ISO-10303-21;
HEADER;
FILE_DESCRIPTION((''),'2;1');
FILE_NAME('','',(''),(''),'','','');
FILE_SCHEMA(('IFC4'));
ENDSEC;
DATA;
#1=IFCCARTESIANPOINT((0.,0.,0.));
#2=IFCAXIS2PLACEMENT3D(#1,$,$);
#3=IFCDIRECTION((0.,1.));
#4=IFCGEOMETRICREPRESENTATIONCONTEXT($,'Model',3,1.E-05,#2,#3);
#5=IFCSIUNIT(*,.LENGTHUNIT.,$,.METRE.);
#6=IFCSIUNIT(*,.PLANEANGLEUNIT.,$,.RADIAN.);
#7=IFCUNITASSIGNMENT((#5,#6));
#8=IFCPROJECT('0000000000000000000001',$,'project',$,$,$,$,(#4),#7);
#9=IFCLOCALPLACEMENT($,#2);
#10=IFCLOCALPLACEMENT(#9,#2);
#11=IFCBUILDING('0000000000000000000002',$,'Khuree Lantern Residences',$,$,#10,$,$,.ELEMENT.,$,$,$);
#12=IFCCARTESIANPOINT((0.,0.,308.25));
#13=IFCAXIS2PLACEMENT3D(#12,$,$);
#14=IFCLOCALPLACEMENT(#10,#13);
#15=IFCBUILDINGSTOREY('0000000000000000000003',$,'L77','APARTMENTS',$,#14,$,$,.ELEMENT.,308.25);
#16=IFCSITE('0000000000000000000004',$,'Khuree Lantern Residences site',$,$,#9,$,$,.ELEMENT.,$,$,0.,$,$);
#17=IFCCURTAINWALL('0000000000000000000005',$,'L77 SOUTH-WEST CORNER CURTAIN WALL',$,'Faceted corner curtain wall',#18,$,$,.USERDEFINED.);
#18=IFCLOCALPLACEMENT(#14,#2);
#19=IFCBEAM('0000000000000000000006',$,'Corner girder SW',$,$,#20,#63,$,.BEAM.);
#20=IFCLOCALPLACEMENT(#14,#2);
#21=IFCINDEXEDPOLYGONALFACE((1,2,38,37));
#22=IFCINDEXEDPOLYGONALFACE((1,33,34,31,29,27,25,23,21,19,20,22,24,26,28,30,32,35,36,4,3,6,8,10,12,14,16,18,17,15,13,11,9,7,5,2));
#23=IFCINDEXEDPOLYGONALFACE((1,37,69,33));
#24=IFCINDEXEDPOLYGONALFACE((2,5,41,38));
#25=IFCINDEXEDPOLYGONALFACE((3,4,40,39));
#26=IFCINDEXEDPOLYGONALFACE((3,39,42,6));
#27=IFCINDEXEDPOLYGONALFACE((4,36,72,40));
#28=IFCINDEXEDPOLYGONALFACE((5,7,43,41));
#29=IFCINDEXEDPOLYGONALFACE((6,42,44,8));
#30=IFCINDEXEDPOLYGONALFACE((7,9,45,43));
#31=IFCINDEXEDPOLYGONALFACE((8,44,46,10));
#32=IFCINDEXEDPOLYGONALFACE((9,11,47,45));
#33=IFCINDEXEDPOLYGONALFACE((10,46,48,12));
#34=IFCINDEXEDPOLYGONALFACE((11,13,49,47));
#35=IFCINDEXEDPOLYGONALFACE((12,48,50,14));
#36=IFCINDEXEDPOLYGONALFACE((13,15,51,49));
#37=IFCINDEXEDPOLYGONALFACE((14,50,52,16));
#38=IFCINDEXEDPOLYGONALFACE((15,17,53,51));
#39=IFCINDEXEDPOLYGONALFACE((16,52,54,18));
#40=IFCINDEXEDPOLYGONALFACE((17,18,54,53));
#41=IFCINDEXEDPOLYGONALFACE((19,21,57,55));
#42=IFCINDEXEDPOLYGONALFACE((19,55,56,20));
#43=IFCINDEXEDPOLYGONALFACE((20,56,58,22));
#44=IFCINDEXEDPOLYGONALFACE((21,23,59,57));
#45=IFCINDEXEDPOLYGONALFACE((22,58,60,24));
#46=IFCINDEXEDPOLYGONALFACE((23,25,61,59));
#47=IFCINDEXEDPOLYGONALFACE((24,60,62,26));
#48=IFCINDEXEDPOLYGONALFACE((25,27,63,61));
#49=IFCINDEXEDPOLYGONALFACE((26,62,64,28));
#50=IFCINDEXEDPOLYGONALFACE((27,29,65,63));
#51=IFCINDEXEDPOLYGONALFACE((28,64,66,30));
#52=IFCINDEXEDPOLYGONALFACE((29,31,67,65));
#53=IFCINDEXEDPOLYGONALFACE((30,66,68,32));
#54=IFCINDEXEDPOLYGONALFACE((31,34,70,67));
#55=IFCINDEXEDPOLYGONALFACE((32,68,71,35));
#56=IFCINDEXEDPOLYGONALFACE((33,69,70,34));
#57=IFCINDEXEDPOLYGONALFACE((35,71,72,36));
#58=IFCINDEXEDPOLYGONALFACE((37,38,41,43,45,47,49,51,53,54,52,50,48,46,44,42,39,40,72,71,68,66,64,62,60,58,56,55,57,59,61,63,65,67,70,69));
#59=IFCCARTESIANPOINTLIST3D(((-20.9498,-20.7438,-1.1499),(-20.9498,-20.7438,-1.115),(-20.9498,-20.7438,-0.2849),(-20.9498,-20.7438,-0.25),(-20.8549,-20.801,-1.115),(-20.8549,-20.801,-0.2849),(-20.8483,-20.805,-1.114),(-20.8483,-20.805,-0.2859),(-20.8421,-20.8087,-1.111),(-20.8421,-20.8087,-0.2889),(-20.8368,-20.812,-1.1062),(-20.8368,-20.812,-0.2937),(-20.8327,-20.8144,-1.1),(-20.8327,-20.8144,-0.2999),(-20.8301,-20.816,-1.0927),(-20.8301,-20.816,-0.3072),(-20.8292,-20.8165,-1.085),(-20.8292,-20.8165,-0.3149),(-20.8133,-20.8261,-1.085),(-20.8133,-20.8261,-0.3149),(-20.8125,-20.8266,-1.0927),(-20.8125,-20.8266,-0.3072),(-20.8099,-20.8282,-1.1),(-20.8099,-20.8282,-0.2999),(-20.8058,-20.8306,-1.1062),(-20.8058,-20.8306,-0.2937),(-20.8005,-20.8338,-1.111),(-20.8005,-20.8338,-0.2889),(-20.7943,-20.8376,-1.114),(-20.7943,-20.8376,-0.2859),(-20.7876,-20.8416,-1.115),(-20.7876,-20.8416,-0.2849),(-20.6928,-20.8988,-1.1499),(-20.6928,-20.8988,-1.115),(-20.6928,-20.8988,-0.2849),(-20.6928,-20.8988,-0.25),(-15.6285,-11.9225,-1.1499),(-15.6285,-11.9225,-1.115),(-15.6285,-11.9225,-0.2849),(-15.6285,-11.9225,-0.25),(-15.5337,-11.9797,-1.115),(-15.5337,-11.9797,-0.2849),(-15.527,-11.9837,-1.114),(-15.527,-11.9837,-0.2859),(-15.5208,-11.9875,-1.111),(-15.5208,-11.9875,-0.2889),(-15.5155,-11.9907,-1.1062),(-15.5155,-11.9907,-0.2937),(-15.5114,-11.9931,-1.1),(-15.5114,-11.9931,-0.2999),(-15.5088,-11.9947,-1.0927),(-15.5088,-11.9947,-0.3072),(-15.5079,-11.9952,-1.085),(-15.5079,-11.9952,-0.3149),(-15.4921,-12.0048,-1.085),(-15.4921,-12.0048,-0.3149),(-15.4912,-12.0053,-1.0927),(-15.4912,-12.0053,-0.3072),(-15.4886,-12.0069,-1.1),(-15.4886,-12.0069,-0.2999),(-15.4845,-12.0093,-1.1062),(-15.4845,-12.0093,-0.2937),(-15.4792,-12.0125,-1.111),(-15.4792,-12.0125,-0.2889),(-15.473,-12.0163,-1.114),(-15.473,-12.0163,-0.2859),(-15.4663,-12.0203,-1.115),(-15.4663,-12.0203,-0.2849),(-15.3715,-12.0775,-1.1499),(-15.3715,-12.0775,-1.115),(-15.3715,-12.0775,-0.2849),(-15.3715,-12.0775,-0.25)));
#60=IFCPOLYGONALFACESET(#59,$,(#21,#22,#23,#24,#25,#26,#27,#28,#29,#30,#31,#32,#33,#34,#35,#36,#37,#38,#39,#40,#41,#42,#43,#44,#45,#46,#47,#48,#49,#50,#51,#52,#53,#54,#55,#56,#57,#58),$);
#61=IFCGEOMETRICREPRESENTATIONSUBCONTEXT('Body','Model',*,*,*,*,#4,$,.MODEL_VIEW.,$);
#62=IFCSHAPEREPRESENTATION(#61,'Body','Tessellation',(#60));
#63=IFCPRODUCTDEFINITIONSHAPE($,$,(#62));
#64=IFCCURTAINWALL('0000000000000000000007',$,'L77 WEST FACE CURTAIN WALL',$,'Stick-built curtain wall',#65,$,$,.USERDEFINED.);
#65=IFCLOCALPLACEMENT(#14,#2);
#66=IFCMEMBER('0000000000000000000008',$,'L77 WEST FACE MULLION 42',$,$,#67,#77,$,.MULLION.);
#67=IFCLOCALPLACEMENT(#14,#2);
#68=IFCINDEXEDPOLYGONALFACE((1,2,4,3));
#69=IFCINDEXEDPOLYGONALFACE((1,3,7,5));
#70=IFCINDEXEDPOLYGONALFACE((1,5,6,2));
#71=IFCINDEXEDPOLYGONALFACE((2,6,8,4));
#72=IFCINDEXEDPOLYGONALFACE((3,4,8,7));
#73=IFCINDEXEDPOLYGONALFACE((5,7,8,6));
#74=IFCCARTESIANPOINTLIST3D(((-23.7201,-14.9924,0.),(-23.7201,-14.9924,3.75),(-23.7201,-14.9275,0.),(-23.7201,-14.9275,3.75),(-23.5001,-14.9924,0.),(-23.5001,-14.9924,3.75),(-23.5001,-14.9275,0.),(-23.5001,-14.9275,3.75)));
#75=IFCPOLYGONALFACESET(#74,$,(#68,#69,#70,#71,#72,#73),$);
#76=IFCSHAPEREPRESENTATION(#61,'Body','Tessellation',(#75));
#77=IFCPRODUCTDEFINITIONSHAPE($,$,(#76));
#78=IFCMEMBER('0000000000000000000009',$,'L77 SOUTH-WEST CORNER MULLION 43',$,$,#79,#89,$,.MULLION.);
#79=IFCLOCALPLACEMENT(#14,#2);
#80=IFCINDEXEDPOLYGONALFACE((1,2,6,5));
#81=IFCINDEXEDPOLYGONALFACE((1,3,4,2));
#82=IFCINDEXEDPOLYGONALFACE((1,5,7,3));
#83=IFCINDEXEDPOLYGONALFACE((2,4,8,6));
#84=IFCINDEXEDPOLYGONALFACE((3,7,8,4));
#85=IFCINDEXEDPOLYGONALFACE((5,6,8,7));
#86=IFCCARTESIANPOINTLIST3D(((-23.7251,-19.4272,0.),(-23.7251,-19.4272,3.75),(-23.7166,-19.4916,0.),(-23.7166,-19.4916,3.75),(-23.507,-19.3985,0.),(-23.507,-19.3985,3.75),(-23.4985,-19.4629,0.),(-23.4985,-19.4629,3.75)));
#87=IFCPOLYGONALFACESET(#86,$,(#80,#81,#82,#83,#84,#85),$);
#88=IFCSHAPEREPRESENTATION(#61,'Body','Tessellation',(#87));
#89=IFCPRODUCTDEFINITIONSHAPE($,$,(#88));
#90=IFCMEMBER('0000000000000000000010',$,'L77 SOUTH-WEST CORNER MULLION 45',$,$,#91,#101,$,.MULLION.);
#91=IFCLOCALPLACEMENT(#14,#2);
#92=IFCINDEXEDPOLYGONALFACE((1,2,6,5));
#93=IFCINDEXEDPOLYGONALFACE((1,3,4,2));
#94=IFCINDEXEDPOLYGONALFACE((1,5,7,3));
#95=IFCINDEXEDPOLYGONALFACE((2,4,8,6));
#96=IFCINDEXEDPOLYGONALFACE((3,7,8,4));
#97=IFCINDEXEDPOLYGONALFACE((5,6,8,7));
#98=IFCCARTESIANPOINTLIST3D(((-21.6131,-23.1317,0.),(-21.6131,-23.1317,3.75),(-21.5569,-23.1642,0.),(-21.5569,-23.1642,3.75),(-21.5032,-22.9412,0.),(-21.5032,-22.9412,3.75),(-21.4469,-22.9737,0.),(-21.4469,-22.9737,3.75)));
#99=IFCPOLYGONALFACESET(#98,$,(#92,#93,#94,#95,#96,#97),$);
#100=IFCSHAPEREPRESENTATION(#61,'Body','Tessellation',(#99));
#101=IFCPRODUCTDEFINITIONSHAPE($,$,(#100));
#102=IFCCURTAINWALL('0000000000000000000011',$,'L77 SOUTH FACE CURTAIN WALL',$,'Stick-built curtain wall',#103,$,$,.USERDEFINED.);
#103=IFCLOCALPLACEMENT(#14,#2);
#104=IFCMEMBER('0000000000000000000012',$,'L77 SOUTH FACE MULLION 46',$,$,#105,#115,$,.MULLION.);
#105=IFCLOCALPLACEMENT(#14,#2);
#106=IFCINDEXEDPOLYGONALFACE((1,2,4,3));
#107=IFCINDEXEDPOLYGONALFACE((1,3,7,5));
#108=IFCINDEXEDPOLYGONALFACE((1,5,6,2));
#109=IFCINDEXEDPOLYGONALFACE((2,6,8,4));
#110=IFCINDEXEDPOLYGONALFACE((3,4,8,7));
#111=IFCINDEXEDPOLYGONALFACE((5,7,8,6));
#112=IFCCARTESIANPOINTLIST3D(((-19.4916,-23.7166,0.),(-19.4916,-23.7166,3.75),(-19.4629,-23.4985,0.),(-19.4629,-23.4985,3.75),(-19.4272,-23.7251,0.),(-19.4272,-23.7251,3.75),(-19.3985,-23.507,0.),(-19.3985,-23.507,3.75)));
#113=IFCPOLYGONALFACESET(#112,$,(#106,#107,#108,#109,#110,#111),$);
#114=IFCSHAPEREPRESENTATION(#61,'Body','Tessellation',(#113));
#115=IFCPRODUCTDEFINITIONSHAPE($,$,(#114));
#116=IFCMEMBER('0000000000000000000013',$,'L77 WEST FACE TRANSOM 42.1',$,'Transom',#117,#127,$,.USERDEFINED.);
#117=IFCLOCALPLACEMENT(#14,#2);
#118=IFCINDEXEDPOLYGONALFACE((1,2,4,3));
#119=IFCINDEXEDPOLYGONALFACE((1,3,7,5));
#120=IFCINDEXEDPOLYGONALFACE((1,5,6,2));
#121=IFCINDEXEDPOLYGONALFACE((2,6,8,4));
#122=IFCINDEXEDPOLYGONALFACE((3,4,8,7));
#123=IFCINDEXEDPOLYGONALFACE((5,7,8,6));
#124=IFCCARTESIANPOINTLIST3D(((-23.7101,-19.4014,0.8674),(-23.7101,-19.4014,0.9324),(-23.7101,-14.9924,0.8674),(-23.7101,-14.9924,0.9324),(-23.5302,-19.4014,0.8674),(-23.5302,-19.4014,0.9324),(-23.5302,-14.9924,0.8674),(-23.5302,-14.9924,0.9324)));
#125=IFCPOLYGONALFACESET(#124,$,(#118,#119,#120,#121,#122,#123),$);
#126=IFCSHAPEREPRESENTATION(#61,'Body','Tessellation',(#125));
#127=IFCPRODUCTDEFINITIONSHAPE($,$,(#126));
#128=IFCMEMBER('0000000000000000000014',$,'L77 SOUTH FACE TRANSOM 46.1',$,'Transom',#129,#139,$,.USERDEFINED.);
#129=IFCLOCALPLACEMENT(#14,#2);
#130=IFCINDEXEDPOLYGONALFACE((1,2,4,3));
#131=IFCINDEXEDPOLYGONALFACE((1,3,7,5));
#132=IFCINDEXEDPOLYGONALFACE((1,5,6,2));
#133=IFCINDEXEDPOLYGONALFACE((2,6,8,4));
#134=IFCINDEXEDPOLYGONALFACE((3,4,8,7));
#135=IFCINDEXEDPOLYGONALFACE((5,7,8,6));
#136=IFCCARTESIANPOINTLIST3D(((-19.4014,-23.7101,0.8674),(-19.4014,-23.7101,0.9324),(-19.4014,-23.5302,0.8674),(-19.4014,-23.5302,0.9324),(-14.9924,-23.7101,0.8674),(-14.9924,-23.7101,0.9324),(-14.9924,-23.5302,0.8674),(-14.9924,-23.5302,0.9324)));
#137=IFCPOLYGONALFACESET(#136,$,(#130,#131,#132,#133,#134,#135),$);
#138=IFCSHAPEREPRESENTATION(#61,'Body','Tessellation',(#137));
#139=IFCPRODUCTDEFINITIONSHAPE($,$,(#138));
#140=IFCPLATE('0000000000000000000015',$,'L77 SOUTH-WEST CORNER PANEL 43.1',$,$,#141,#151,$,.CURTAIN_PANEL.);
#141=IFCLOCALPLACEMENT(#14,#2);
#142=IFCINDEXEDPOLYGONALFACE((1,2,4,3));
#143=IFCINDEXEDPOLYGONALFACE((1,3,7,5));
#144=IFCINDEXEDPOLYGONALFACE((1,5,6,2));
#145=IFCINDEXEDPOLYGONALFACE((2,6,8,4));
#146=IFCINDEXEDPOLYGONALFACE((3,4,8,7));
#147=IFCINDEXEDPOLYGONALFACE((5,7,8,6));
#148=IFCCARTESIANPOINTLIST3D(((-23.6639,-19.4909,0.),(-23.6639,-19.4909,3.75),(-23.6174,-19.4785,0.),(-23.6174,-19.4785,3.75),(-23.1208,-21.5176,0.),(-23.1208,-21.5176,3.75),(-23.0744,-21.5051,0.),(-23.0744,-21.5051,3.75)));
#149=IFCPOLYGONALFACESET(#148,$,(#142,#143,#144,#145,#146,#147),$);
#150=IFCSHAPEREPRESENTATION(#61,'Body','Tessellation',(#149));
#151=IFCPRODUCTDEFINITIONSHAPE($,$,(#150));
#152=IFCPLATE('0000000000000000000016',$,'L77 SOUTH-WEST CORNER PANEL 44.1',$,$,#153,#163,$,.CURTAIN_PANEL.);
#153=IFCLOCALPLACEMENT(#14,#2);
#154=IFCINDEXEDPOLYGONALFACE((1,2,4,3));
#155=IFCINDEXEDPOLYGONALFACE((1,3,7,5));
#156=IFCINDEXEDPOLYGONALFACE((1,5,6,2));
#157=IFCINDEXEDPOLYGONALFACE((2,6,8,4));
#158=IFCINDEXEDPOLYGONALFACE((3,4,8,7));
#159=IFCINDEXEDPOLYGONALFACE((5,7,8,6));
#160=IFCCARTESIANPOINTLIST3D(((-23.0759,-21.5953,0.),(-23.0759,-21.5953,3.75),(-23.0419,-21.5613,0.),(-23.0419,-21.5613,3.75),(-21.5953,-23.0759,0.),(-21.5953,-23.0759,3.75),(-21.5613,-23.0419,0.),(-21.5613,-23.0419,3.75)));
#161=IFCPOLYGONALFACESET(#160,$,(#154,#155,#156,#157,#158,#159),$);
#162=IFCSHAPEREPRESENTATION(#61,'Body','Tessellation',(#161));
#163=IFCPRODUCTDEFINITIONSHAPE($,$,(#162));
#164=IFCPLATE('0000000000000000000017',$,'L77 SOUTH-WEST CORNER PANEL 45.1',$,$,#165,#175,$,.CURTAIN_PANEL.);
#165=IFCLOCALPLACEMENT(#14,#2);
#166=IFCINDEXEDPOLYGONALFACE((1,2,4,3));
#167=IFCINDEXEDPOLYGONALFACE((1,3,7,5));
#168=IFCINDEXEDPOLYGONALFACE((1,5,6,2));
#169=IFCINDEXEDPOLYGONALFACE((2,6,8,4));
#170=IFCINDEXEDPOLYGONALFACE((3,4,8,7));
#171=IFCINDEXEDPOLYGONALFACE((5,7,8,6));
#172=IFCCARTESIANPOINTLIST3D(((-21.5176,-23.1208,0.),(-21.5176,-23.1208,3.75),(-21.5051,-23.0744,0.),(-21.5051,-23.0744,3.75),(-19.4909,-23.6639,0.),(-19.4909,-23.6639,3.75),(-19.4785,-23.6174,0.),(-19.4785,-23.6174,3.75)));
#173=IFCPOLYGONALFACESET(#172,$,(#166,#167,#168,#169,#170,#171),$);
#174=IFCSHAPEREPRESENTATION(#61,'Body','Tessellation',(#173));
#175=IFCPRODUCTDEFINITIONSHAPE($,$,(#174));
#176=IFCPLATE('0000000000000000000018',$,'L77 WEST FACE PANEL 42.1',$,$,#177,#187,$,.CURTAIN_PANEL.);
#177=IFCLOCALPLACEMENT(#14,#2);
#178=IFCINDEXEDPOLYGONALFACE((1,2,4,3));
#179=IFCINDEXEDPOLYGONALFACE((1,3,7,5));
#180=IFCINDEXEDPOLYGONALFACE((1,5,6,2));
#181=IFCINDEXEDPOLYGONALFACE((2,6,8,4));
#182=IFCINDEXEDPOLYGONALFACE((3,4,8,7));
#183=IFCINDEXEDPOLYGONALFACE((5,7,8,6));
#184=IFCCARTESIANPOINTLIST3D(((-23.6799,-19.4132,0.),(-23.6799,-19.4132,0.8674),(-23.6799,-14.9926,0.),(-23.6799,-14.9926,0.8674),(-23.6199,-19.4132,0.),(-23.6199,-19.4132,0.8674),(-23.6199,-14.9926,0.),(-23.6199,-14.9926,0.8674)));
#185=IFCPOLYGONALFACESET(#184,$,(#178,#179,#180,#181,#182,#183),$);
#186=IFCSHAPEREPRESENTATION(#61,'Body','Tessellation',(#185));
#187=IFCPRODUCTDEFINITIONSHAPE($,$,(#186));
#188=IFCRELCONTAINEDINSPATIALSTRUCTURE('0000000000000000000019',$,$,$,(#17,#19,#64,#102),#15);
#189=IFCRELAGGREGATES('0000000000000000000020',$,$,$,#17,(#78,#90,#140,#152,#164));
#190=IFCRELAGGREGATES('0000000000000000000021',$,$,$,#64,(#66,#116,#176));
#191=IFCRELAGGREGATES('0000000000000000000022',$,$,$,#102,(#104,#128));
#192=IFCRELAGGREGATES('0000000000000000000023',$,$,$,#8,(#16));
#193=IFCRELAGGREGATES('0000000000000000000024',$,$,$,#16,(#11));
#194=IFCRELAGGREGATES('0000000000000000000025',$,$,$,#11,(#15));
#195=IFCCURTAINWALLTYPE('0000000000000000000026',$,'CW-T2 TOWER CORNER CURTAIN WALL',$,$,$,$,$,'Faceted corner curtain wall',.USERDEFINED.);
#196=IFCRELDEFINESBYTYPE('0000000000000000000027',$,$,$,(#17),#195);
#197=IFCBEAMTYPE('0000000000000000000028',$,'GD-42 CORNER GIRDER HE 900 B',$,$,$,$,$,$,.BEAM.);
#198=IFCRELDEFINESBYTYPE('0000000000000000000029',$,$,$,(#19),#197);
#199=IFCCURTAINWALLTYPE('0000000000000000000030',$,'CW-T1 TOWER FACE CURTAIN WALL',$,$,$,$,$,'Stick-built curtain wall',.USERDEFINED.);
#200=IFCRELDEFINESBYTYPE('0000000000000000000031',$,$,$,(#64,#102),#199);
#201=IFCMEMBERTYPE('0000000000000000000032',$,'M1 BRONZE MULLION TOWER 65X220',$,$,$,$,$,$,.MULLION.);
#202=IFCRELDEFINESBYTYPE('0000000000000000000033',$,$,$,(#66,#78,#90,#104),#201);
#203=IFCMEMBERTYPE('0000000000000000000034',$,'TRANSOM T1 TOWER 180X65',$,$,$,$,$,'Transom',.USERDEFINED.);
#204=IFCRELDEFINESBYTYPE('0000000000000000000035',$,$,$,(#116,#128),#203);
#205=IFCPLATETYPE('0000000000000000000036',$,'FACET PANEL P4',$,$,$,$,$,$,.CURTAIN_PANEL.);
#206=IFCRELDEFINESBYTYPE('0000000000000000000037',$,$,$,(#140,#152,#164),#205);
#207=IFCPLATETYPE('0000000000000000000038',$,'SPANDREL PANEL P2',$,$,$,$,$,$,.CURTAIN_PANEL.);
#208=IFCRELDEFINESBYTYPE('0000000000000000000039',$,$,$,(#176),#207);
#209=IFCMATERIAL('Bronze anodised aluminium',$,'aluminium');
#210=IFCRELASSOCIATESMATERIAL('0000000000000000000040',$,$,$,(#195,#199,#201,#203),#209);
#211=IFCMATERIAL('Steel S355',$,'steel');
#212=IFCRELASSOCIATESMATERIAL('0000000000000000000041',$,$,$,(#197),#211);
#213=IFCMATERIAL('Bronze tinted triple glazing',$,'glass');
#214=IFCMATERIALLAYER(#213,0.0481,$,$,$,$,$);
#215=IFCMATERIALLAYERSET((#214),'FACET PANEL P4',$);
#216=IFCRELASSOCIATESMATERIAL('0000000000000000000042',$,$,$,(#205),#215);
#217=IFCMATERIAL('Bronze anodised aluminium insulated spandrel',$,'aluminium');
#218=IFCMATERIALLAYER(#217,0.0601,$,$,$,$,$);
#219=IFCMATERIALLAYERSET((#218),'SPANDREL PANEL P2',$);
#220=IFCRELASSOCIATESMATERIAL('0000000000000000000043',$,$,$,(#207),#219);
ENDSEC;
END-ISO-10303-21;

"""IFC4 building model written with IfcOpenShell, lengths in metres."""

from ifc_helpers import new_model, si_unit, direction, frame, origin, origin_2d, place, context, subcontext, project, spatial, rectangle, i_section, extrude, material, layer, layer_set, material_profile, profile_set, type_object, element, aggregate, save


model = new_model("IFC4")

# Units and contexts
model_context = context("Model", 3, precision=1e-05, world=origin(), true_north=direction((0.0, 1.0)))
body_context = subcontext(model_context, "Body", "Model", "MODEL_VIEW")
ifc_project = project(units=[si_unit("LENGTHUNIT", "METRE"), si_unit("PLANEANGLEUNIT", "RADIAN")], contexts=[model_context])

# Site, building, storey
site_placement = place(None, origin())
site = spatial("IfcSite", under=ifc_project, at=site_placement, Name="Khuree Lantern Residences site", CompositionType="ELEMENT", RefElevation=0.0)
building_placement = place(site_placement, origin())
building = spatial("IfcBuilding", under=site, at=building_placement, Name="Khuree Lantern Residences", CompositionType="ELEMENT")
storey_placement = place(building_placement, frame((0.0, 0.0, 308.25)))
storey = spatial("IfcBuildingStorey", under=building, at=storey_placement, Name="L77", Description="APARTMENTS", CompositionType="ELEMENT", Elevation=308.25)

# Shared definitions
ifc_material_1 = material(Name="Steel S355", Category="steel")

# Curtain wall
ifc_material_2 = material(Name="Bronze anodised aluminium", Category="aluminium")
curtain_wall_type_1 = type_object("IfcCurtainWallType", Name="CW-T2 TOWER CORNER CURTAIN WALL", ElementType="Faceted corner curtain wall", PredefinedType="USERDEFINED", material=ifc_material_2)
curtain_wall_1_placement = place(storey_placement, origin())
curtain_wall_1 = element("IfcCurtainWall", 1, at=curtain_wall_1_placement, inside=storey, type_object=curtain_wall_type_1, Name="L77 SOUTH-WEST CORNER CURTAIN WALL", ObjectType="Faceted corner curtain wall", PredefinedType="USERDEFINED")

# Beam
ifc_material_profile_1 = material_profile(ifc_material_1, i_section(OverallWidth=0.3, OverallDepth=0.8999, WebThickness=0.0186, FlangeThickness=0.0349, FilletRadius=0.03, at=origin_2d()), Name="HE 900 B")
ifc_profile_set_1 = profile_set([ifc_material_profile_1], Name="Steel S355")
beam_type_1 = type_object("IfcBeamType", Name="GD-42 CORNER GIRDER HE 900 B", PredefinedType="BEAM", material=ifc_profile_set_1)
beam_1_placement = place(storey_placement, frame((-20.8213, -20.8213, -0.7), z_axis=(0.51653, 0.856269, 0.0), x_axis=(-0.856269, 0.51653, 0.0)))
element("IfcBeam", 2, at=beam_1_placement, inside=storey, type_object=beam_type_1, Name="Corner girder SW", PredefinedType="BEAM", context=body_context, shape_type="SweptSolid", body=[
    extrude(i_section(OverallWidth=0.3, OverallDepth=0.8999, WebThickness=0.0186, FlangeThickness=0.0349, FilletRadius=0.03, at=origin_2d()), origin(), (0.0, 0.0, 1.0), 10.302),
])

# Curtain wall, member
curtain_wall_type_2 = type_object("IfcCurtainWallType", Name="CW-T1 TOWER FACE CURTAIN WALL", ElementType="Stick-built curtain wall", PredefinedType="USERDEFINED", material=ifc_material_2)
curtain_wall_2_placement = place(storey_placement, origin())
curtain_wall_2 = element("IfcCurtainWall", 3, at=curtain_wall_2_placement, inside=storey, type_object=curtain_wall_type_2, Name="L77 WEST FACE CURTAIN WALL", ObjectType="Stick-built curtain wall", PredefinedType="USERDEFINED")
ifc_material_profile_2 = material_profile(ifc_material_2, rectangle(XDim=0.0649, YDim=0.22, at=origin_2d()), Name="M1 65X220")
ifc_profile_set_2 = profile_set([ifc_material_profile_2], Name="Bronze anodised aluminium")
member_type_1 = type_object("IfcMemberType", Name="M1 BRONZE MULLION TOWER 65X220", PredefinedType="MULLION", material=ifc_profile_set_2)
member_1_placement = place(storey_placement, frame((-23.6101, -14.96, 0.0), z_axis=(0.0, 0.0, 1.0), x_axis=(0.0, -1.0, 0.0)))
member_1 = element("IfcMember", 4, at=member_1_placement, type_object=member_type_1, Name="L77 WEST FACE MULLION 42", PredefinedType="MULLION", context=body_context, shape_type="SweptSolid", body=[
    extrude(rectangle(XDim=0.0649, YDim=0.22, at=origin_2d()), origin(), (0.0, 0.0, 1.0), 3.75),
])

# Members
member_2_placement = place(storey_placement, frame((-23.6118, -19.4451, 0.0), z_axis=(0.0, 0.0, 1.0), x_axis=(0.130526, -0.991445, 0.0)))
member_2 = element("IfcMember", 5, at=member_2_placement, type_object=member_type_1, Name="L77 SOUTH-WEST CORNER MULLION 43", PredefinedType="MULLION", context=body_context, shape_type="SweptSolid", body=[
    extrude(rectangle(XDim=0.0649, YDim=0.22, at=origin_2d()), origin(), (0.0, 0.0, 1.0), 3.75),
])
member_3_placement = place(storey_placement, frame((-21.53, -23.0527, 0.0), z_axis=(0.0, 0.0, 1.0), x_axis=(0.866025, -0.5, 0.0)))
member_3 = element("IfcMember", 6, at=member_3_placement, type_object=member_type_1, Name="L77 SOUTH-WEST CORNER MULLION 45", PredefinedType="MULLION", context=body_context, shape_type="SweptSolid", body=[
    extrude(rectangle(XDim=0.0649, YDim=0.22, at=origin_2d()), origin(), (0.0, 0.0, 1.0), 3.75),
])

# Curtain wall, member
curtain_wall_3_placement = place(storey_placement, origin())
curtain_wall_3 = element("IfcCurtainWall", 7, at=curtain_wall_3_placement, inside=storey, type_object=curtain_wall_type_2, Name="L77 SOUTH FACE CURTAIN WALL", ObjectType="Stick-built curtain wall", PredefinedType="USERDEFINED")
member_4_placement = place(storey_placement, frame((-19.4451, -23.6118, 0.0), z_axis=(0.0, 0.0, 1.0), x_axis=(0.991445, -0.130526, 0.0)))
member_4 = element("IfcMember", 8, at=member_4_placement, type_object=member_type_1, Name="L77 SOUTH FACE MULLION 46", PredefinedType="MULLION", context=body_context, shape_type="SweptSolid", body=[
    extrude(rectangle(XDim=0.0649, YDim=0.22, at=origin_2d()), origin(), (0.0, 0.0, 1.0), 3.75),
])

# Members
ifc_material_profile_3 = material_profile(ifc_material_2, rectangle(XDim=0.1799, YDim=0.0649, at=origin_2d()), Name="T1 180X65")
ifc_profile_set_3 = profile_set([ifc_material_profile_3], Name="Bronze anodised aluminium")
member_type_2 = type_object("IfcMemberType", Name="TRANSOM T1 TOWER 180X65", ElementType="Transom", PredefinedType="USERDEFINED", material=ifc_profile_set_3)
member_5_placement = place(storey_placement, frame((-23.6201, -14.9924, 0.8999), z_axis=(0.0, -1.0, 0.0), x_axis=(1.0, 0.0, 0.0)))
member_5 = element("IfcMember", 9, at=member_5_placement, type_object=member_type_2, Name="L77 WEST FACE TRANSOM 42.1", ObjectType="Transom", PredefinedType="USERDEFINED", context=body_context, shape_type="SweptSolid", body=[
    extrude(rectangle(XDim=0.1799, YDim=0.0649, at=origin_2d()), origin(), (0.0, 0.0, 1.0), 4.4089),
])
member_6_placement = place(storey_placement, frame((-19.4014, -23.6201, 0.8999), z_axis=(1.0, 0.0, 0.0), x_axis=(0.0, 1.0, 0.0)))
member_6 = element("IfcMember", 10, at=member_6_placement, type_object=member_type_2, Name="L77 SOUTH FACE TRANSOM 46.1", ObjectType="Transom", PredefinedType="USERDEFINED", context=body_context, shape_type="SweptSolid", body=[
    extrude(rectangle(XDim=0.1799, YDim=0.0649, at=origin_2d()), origin(), (0.0, 0.0, 1.0), 4.4089),
])

# Plates
ifc_material_3 = material(Name="Bronze tinted triple glazing", Category="glass")
ifc_layer_1 = layer(ifc_material_3, 0.0481)
ifc_layer_set_1 = layer_set([ifc_layer_1], Name="FACET PANEL P4")
plate_type_1 = type_object("IfcPlateType", Name="FACET PANEL P4", PredefinedType="CURTAIN_PANEL", material=ifc_layer_set_1)
plate_1_placement = place(storey_placement, frame((-23.3691, -20.498, 0.0), z_axis=(0.0, 0.0, 1.0), x_axis=(0.258819, -0.965926, 0.0)))
plate_1 = element("IfcPlate", 11, at=plate_1_placement, type_object=plate_type_1, Name="L77 SOUTH-WEST CORNER PANEL 43.1", PredefinedType="CURTAIN_PANEL", context=body_context, shape_type="SweptSolid", body=[
    extrude(rectangle(XDim=2.0981, YDim=0.0481, at=origin_2d()), origin(), (0.0, 0.0, 1.0), 3.75),
])
plate_2_placement = place(storey_placement, frame((-22.3186, -22.3186, 0.0), z_axis=(0.0, 0.0, 1.0), x_axis=(0.707107, -0.707107, 0.0)))
plate_2 = element("IfcPlate", 12, at=plate_2_placement, type_object=plate_type_1, Name="L77 SOUTH-WEST CORNER PANEL 44.1", PredefinedType="CURTAIN_PANEL", context=body_context, shape_type="SweptSolid", body=[
    extrude(rectangle(XDim=2.094, YDim=0.0481, at=origin_2d()), origin(), (0.0, 0.0, 1.0), 3.75),
])
plate_3_placement = place(storey_placement, frame((-20.498, -23.3691, 0.0), z_axis=(0.0, 0.0, 1.0), x_axis=(0.965926, -0.258819, 0.0)))
plate_3 = element("IfcPlate", 13, at=plate_3_placement, type_object=plate_type_1, Name="L77 SOUTH-WEST CORNER PANEL 45.1", PredefinedType="CURTAIN_PANEL", context=body_context, shape_type="SweptSolid", body=[
    extrude(rectangle(XDim=2.0981, YDim=0.0481, at=origin_2d()), origin(), (0.0, 0.0, 1.0), 3.75),
])
aggregate(curtain_wall_1, [member_2, member_3, plate_1, plate_2, plate_3])
ifc_material_4 = material(Name="Bronze anodised aluminium insulated spandrel", Category="aluminium")
ifc_layer_2 = layer(ifc_material_4, 0.0601)
ifc_layer_set_2 = layer_set([ifc_layer_2], Name="SPANDREL PANEL P2")
plate_type_2 = type_object("IfcPlateType", Name="SPANDREL PANEL P2", PredefinedType="CURTAIN_PANEL", material=ifc_layer_set_2)
plate_4_placement = place(storey_placement, frame((-23.6499, -17.2029, 0.0), z_axis=(0.0, 0.0, 1.0), x_axis=(0.0, -1.0, 0.0)))
plate_4 = element("IfcPlate", 14, at=plate_4_placement, type_object=plate_type_2, Name="L77 WEST FACE PANEL 42.1", PredefinedType="CURTAIN_PANEL", context=body_context, shape_type="SweptSolid", body=[
    extrude(rectangle(XDim=4.4207, YDim=0.0601, at=origin_2d()), origin(), (0.0, 0.0, 1.0), 0.8674),
])
aggregate(curtain_wall_2, [member_1, member_5, plate_4])
aggregate(curtain_wall_3, [member_4, member_6])

save(model, "model.ifc")
